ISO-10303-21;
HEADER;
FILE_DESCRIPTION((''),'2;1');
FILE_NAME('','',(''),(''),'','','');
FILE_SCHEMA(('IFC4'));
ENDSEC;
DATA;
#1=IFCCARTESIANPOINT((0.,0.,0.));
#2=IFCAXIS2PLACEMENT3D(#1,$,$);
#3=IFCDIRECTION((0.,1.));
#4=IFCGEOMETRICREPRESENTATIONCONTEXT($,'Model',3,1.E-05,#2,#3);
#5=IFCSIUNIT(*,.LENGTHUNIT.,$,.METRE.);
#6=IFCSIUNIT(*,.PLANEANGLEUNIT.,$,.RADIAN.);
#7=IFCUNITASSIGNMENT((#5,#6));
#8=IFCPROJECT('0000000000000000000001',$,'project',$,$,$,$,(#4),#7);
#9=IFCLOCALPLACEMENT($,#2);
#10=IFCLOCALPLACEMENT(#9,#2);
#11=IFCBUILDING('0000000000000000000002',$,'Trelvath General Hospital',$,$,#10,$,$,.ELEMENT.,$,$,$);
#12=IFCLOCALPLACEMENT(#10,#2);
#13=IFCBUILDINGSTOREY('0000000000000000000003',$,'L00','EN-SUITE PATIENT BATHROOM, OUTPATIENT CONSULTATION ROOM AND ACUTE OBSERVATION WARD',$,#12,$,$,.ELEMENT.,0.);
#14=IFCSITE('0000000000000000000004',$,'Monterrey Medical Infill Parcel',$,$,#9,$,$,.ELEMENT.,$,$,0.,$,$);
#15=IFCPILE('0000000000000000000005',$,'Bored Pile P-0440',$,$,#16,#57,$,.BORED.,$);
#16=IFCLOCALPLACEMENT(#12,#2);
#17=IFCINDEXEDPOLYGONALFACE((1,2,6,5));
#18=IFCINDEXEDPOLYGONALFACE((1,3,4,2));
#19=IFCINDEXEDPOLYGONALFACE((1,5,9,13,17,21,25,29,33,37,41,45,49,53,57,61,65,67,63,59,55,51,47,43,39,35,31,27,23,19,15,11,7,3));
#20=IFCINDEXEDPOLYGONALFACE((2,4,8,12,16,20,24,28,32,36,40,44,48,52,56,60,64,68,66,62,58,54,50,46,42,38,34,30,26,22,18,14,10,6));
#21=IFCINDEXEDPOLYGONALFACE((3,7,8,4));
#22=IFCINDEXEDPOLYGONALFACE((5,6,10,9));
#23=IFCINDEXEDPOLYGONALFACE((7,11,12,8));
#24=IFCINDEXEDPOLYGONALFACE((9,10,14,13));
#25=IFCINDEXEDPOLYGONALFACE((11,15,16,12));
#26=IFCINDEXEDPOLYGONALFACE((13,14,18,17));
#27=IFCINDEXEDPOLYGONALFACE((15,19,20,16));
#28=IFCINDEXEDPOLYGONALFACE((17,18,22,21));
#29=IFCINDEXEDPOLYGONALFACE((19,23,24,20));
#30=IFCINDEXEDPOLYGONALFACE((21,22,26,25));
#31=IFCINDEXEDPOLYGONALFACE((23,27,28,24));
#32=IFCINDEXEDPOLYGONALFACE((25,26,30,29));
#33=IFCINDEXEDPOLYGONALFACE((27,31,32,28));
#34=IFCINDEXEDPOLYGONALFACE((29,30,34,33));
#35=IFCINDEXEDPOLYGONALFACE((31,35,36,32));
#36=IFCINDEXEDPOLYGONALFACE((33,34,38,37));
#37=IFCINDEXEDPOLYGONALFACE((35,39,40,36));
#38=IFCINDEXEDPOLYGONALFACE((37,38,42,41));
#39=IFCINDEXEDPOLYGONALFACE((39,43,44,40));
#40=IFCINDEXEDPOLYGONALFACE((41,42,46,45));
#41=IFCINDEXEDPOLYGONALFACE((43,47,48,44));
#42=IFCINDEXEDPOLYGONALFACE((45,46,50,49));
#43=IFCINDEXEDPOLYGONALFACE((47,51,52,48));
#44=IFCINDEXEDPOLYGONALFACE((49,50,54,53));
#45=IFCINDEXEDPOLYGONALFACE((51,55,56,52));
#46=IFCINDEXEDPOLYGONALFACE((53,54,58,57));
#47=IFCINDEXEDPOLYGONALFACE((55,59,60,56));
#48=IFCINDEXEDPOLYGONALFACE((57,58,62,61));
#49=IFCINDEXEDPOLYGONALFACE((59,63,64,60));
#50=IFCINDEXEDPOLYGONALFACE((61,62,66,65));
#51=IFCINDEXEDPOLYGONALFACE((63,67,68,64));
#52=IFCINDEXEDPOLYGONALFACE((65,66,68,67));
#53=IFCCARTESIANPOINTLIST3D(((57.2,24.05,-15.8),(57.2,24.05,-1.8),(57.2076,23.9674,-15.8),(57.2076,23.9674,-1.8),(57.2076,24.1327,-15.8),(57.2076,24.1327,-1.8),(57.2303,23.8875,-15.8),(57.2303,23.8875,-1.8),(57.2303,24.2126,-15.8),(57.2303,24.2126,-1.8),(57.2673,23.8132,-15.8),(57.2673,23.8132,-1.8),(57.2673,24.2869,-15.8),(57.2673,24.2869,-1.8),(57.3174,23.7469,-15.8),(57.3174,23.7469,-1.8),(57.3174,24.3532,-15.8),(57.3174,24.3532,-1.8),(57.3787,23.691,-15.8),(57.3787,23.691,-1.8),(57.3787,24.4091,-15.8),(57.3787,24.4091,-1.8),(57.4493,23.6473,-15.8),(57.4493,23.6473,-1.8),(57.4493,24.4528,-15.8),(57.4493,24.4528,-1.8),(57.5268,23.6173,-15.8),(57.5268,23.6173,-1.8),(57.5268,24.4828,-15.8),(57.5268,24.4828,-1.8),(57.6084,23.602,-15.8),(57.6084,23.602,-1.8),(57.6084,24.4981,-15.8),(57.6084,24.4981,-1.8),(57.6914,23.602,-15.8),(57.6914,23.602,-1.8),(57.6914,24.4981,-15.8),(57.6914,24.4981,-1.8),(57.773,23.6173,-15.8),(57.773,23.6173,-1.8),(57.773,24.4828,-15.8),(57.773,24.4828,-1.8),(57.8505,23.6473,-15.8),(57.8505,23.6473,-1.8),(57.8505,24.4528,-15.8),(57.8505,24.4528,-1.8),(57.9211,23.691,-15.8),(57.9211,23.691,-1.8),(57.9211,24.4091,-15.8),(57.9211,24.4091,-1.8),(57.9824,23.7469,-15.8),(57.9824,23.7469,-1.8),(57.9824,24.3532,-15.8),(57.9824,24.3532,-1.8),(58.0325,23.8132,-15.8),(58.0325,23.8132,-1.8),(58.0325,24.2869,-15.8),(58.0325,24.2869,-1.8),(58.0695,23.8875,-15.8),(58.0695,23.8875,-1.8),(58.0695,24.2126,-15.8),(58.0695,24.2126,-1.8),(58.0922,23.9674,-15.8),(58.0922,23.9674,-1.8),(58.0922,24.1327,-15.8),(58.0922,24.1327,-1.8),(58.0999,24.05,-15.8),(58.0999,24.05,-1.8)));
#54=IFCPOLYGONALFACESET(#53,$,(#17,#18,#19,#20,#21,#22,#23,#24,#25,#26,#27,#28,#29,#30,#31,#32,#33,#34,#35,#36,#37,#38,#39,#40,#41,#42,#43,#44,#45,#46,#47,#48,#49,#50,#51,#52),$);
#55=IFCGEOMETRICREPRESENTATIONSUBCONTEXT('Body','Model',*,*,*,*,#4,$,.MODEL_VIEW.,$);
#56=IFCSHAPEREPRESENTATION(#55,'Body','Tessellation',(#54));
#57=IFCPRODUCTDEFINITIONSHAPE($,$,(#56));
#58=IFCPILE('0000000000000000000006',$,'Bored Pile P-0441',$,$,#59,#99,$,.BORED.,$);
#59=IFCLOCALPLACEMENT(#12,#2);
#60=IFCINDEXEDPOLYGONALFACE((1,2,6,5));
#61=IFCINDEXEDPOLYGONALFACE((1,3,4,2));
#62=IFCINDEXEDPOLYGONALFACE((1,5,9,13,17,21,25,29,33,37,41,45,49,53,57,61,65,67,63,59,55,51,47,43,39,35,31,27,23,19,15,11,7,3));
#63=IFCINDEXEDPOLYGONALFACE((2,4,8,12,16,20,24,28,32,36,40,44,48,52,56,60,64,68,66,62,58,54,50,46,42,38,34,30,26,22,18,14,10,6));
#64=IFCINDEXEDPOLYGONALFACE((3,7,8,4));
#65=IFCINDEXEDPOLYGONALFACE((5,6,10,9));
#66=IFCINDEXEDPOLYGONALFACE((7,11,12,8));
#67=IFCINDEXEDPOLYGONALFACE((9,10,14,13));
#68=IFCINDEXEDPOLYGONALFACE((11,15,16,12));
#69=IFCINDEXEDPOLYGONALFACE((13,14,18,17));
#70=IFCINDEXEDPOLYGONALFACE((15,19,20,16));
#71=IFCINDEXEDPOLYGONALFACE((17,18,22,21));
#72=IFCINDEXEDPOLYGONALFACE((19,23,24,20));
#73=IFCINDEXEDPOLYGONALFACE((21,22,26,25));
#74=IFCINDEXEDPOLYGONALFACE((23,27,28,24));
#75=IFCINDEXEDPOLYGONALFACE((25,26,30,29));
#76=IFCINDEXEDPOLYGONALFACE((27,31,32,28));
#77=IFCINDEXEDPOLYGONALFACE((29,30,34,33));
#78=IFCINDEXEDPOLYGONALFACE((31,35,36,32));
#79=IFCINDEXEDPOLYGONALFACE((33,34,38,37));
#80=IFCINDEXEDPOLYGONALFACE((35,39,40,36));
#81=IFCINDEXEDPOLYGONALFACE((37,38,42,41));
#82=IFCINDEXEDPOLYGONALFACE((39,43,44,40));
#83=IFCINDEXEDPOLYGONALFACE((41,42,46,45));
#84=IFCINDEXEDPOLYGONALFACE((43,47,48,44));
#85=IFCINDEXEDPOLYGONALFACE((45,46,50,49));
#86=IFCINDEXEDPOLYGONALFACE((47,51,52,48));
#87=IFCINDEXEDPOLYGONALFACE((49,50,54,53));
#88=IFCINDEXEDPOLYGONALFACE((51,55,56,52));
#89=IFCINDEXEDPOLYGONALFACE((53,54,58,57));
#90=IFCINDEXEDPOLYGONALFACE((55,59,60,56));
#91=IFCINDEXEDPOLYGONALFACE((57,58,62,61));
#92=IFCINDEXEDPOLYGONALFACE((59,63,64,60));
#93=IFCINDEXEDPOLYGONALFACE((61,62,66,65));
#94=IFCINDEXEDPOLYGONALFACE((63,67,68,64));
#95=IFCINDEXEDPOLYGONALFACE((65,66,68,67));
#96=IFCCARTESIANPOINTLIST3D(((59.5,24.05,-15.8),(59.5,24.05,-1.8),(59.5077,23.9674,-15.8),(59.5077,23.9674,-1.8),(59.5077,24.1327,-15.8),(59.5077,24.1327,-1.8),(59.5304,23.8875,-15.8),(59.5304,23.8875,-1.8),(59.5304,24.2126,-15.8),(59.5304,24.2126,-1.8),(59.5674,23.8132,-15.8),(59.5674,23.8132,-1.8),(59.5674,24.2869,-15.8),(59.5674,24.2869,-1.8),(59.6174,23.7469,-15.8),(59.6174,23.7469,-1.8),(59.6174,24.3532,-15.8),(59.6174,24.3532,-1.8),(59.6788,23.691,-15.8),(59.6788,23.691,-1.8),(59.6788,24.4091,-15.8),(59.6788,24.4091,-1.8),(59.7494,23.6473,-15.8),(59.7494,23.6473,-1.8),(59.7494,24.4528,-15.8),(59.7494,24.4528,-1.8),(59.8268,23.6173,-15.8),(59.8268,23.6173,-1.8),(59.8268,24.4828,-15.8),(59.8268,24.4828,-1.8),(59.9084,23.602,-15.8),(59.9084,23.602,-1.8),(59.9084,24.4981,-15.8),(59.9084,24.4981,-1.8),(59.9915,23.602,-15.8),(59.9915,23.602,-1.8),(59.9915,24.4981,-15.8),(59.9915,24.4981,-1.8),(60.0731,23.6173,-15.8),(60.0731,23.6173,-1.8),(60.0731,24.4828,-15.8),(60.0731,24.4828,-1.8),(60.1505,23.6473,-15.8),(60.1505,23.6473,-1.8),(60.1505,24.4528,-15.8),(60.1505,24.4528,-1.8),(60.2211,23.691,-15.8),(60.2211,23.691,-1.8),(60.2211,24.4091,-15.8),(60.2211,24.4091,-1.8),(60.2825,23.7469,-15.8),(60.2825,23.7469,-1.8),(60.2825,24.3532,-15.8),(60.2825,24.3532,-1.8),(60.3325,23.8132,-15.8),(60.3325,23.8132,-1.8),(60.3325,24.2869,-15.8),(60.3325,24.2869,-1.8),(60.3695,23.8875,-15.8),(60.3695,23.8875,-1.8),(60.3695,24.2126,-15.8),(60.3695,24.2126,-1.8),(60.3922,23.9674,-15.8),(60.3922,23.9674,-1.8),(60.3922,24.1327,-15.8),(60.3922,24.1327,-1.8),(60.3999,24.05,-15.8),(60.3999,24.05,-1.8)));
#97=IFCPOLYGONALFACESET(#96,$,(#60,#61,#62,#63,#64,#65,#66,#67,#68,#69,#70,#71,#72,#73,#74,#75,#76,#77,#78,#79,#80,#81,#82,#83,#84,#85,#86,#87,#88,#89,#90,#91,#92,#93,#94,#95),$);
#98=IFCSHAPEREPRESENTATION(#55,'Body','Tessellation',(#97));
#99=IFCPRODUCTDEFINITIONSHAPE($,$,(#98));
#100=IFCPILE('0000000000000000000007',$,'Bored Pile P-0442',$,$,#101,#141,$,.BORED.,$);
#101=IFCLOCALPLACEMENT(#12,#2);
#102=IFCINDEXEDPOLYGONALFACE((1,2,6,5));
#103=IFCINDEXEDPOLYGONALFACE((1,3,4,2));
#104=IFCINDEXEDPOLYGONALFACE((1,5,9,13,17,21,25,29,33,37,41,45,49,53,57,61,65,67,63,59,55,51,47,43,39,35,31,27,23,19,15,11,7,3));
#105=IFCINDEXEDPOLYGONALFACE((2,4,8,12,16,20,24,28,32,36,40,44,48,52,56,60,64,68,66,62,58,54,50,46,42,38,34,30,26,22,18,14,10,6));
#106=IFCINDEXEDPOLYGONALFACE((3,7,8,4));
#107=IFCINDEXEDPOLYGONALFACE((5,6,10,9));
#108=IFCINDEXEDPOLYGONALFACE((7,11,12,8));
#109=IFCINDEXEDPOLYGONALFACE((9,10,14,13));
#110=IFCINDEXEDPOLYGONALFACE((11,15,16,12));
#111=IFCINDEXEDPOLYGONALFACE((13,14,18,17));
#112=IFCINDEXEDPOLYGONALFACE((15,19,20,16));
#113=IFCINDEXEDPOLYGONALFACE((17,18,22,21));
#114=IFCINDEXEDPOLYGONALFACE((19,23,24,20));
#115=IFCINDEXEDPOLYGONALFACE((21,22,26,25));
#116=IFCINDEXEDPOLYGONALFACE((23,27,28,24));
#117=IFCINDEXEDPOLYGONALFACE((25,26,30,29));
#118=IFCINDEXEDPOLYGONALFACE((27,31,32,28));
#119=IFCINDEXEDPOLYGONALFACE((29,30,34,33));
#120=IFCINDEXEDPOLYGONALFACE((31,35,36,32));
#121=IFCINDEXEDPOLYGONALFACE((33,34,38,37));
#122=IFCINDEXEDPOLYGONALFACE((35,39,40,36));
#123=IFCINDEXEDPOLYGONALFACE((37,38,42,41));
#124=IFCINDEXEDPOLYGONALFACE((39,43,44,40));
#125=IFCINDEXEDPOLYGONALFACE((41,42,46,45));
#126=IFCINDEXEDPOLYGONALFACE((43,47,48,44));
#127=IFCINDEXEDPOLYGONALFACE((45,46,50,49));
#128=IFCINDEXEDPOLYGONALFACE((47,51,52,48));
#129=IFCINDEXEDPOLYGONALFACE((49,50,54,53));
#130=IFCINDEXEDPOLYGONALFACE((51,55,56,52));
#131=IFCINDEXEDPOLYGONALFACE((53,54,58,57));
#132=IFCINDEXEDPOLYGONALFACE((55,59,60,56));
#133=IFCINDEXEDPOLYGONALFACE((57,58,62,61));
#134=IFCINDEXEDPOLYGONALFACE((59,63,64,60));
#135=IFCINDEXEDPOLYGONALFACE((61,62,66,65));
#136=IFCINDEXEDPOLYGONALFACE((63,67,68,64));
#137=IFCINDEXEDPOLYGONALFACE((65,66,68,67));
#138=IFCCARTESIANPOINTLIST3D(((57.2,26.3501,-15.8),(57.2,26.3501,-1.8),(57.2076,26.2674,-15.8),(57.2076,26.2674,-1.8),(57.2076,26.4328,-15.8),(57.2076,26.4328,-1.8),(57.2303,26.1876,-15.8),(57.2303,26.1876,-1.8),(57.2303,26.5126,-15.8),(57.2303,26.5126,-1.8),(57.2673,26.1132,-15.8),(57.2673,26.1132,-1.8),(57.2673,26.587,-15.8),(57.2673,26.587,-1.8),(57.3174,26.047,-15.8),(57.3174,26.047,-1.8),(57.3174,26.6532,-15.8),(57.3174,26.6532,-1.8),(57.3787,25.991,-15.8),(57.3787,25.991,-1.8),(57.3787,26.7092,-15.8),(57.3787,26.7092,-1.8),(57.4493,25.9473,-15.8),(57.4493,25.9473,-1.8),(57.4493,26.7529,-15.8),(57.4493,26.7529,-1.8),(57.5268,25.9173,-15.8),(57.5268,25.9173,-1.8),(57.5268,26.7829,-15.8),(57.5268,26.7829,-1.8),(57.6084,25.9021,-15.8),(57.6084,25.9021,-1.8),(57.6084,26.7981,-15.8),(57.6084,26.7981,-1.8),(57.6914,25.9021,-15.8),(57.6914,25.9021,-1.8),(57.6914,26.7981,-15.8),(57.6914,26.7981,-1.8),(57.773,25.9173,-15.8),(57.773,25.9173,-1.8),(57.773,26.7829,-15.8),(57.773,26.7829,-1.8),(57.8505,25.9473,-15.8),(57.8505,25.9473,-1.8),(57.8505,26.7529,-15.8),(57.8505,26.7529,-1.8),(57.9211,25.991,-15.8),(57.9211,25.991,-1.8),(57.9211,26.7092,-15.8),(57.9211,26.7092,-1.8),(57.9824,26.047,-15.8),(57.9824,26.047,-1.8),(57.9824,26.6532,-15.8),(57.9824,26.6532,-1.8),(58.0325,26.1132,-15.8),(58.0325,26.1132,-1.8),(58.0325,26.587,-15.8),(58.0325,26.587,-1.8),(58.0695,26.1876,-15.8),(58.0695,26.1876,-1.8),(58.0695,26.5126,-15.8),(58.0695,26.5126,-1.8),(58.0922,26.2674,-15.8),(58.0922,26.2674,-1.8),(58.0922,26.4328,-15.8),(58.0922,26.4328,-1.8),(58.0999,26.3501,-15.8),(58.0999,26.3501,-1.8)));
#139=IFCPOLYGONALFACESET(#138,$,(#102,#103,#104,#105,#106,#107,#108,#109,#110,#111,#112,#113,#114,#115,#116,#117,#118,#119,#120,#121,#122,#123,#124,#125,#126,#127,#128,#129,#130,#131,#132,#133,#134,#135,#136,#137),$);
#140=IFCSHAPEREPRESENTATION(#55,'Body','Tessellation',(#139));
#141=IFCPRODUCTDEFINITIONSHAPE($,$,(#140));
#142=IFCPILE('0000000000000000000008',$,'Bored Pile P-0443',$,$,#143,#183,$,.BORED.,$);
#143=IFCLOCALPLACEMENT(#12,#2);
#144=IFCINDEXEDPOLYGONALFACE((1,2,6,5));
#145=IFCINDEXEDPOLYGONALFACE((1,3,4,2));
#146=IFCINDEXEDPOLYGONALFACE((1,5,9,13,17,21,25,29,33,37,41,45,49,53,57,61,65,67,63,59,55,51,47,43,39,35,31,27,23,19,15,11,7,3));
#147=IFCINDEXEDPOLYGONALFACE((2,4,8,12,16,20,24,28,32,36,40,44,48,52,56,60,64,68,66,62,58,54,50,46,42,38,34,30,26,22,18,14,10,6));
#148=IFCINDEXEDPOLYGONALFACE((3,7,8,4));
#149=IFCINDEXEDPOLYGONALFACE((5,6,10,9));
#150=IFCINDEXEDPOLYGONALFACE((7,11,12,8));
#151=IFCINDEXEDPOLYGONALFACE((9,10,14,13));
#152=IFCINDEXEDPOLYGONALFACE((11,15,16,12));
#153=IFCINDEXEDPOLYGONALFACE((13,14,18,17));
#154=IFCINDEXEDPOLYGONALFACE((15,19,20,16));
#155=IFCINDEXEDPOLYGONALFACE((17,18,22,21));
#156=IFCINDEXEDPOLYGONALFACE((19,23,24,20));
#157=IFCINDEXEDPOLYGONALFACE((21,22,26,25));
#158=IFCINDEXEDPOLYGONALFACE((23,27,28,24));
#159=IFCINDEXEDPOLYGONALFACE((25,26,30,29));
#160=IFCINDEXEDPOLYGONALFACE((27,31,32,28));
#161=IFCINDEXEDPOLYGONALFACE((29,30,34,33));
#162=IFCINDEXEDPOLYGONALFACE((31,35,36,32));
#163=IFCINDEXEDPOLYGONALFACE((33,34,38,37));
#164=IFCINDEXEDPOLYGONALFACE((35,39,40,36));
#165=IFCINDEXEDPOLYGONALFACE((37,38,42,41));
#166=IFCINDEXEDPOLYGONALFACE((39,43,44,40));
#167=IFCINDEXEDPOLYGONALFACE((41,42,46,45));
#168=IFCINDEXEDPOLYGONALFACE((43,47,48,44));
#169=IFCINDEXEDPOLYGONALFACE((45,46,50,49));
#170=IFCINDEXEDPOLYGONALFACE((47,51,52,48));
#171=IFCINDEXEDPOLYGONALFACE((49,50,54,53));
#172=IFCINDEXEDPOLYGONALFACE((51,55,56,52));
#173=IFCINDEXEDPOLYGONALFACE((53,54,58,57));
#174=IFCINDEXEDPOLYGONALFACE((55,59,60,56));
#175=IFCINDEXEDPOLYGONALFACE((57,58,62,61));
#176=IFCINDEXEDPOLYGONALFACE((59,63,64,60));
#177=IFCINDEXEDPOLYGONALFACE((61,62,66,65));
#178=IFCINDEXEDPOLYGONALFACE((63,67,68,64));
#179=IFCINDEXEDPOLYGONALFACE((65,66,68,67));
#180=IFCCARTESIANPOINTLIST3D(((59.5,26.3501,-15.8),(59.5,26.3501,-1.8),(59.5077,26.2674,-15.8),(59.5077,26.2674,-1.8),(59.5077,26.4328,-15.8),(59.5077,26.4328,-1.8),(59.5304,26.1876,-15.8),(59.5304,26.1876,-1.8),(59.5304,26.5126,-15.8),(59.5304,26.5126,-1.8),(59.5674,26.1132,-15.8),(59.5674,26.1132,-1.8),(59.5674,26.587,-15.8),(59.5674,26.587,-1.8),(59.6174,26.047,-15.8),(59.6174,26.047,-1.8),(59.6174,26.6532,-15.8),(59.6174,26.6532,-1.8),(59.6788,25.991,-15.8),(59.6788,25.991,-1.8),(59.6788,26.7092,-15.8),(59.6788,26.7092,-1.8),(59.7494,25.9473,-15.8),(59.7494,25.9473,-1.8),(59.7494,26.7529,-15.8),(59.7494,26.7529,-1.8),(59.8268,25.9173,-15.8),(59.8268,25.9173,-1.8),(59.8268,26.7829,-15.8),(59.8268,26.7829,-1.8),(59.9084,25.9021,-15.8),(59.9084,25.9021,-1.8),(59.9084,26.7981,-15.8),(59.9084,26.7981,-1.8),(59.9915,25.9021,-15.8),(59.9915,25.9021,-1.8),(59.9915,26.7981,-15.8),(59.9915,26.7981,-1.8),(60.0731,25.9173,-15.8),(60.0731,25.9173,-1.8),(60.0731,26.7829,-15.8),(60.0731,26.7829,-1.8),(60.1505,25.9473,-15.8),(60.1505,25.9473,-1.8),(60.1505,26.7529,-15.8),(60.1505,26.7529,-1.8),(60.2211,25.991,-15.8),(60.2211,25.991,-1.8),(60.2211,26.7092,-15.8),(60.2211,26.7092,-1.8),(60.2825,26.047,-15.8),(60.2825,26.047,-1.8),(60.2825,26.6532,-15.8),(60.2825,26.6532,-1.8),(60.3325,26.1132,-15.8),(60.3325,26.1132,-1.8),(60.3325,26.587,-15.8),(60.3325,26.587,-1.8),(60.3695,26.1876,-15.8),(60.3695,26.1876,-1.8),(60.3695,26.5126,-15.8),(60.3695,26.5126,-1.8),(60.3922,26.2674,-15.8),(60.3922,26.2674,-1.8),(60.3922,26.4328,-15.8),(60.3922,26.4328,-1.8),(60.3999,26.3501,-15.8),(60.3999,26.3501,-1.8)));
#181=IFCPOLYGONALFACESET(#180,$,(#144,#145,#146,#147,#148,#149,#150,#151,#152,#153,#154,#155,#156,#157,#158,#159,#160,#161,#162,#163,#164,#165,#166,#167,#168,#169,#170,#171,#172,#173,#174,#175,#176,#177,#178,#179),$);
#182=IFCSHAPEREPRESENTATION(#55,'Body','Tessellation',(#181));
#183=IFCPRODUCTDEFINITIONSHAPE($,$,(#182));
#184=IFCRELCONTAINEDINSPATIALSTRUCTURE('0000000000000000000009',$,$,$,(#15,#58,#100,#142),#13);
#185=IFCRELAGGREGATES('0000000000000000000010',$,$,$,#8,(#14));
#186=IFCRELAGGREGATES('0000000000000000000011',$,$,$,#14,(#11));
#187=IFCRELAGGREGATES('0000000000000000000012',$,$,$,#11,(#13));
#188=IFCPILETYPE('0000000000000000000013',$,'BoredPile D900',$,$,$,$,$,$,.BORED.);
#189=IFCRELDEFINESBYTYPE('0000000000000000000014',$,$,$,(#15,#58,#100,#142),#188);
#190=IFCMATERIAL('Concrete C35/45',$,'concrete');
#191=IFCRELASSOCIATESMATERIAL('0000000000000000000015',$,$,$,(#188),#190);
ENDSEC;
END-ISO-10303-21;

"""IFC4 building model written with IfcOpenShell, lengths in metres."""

from ifc_helpers import new_model, si_unit, direction, frame, origin, origin_2d, place, context, subcontext, project, spatial, circle, extrude, material, material_profile, profile_set, type_object, element, save


model = new_model("IFC4")

# Units and contexts
model_context = context("Model", 3, precision=1e-05, world=origin(), true_north=direction((0.0, 1.0)))
body_context = subcontext(model_context, "Body", "Model", "MODEL_VIEW")
ifc_project = project(units=[si_unit("LENGTHUNIT", "METRE"), si_unit("PLANEANGLEUNIT", "RADIAN")], contexts=[model_context])

# Site, building, storey
site_placement = place(None, origin())
site = spatial("IfcSite", under=ifc_project, at=site_placement, Name="Monterrey Medical Infill Parcel", CompositionType="ELEMENT", RefElevation=0.0)
building_placement = place(site_placement, origin())
building = spatial("IfcBuilding", under=site, at=building_placement, Name="Trelvath General Hospital", CompositionType="ELEMENT")
storey_placement = place(building_placement, origin())
storey = spatial("IfcBuildingStorey", under=building, at=storey_placement, Name="L00", Description="EN-SUITE PATIENT BATHROOM, OUTPATIENT CONSULTATION ROOM AND ACUTE OBSERVATION WARD", CompositionType="ELEMENT", Elevation=0.0)

# Piles
ifc_material_1 = material(Name="Concrete C35/45", Category="concrete")
ifc_material_profile_1 = material_profile(ifc_material_1, circle(Radius=0.45, at=origin_2d()), Name="PILE900")
ifc_profile_set_1 = profile_set([ifc_material_profile_1], Name="Concrete C35/45")
pile_type = type_object("IfcPileType", Name="BoredPile D900", PredefinedType="BORED", material=ifc_profile_set_1)
for number, where, z_axis, x_axis, name in (
    (1, (57.6499, 24.05, -1.8), (0.0, 0.0, -1.0), (1.0, 0.0, 0.0), "Bored Pile P-0440"),
    (2, (59.95, 24.05, -1.8), (0.0, 0.0, -1.0), (1.0, 0.0, 0.0), "Bored Pile P-0441"),
    (3, (57.6499, 26.3501, -1.8), (0.0, 0.0, -1.0), (1.0, 0.0, 0.0), "Bored Pile P-0442"),
    (4, (59.95, 26.3501, -1.8), (0.0, 0.0, -1.0), (1.0, 0.0, 0.0), "Bored Pile P-0443"),
):
    element("IfcPile", number, at=place(storey_placement, frame(where, z_axis=z_axis, x_axis=x_axis)), inside=storey, type_object=pile_type, Name=name, PredefinedType="BORED", context=body_context, shape_type="SweptSolid", body=[
        extrude(circle(Radius=0.45, at=origin_2d()), origin(), (0.0, 0.0, 1.0), 14.0),
    ])

save(model, "model.ifc")
